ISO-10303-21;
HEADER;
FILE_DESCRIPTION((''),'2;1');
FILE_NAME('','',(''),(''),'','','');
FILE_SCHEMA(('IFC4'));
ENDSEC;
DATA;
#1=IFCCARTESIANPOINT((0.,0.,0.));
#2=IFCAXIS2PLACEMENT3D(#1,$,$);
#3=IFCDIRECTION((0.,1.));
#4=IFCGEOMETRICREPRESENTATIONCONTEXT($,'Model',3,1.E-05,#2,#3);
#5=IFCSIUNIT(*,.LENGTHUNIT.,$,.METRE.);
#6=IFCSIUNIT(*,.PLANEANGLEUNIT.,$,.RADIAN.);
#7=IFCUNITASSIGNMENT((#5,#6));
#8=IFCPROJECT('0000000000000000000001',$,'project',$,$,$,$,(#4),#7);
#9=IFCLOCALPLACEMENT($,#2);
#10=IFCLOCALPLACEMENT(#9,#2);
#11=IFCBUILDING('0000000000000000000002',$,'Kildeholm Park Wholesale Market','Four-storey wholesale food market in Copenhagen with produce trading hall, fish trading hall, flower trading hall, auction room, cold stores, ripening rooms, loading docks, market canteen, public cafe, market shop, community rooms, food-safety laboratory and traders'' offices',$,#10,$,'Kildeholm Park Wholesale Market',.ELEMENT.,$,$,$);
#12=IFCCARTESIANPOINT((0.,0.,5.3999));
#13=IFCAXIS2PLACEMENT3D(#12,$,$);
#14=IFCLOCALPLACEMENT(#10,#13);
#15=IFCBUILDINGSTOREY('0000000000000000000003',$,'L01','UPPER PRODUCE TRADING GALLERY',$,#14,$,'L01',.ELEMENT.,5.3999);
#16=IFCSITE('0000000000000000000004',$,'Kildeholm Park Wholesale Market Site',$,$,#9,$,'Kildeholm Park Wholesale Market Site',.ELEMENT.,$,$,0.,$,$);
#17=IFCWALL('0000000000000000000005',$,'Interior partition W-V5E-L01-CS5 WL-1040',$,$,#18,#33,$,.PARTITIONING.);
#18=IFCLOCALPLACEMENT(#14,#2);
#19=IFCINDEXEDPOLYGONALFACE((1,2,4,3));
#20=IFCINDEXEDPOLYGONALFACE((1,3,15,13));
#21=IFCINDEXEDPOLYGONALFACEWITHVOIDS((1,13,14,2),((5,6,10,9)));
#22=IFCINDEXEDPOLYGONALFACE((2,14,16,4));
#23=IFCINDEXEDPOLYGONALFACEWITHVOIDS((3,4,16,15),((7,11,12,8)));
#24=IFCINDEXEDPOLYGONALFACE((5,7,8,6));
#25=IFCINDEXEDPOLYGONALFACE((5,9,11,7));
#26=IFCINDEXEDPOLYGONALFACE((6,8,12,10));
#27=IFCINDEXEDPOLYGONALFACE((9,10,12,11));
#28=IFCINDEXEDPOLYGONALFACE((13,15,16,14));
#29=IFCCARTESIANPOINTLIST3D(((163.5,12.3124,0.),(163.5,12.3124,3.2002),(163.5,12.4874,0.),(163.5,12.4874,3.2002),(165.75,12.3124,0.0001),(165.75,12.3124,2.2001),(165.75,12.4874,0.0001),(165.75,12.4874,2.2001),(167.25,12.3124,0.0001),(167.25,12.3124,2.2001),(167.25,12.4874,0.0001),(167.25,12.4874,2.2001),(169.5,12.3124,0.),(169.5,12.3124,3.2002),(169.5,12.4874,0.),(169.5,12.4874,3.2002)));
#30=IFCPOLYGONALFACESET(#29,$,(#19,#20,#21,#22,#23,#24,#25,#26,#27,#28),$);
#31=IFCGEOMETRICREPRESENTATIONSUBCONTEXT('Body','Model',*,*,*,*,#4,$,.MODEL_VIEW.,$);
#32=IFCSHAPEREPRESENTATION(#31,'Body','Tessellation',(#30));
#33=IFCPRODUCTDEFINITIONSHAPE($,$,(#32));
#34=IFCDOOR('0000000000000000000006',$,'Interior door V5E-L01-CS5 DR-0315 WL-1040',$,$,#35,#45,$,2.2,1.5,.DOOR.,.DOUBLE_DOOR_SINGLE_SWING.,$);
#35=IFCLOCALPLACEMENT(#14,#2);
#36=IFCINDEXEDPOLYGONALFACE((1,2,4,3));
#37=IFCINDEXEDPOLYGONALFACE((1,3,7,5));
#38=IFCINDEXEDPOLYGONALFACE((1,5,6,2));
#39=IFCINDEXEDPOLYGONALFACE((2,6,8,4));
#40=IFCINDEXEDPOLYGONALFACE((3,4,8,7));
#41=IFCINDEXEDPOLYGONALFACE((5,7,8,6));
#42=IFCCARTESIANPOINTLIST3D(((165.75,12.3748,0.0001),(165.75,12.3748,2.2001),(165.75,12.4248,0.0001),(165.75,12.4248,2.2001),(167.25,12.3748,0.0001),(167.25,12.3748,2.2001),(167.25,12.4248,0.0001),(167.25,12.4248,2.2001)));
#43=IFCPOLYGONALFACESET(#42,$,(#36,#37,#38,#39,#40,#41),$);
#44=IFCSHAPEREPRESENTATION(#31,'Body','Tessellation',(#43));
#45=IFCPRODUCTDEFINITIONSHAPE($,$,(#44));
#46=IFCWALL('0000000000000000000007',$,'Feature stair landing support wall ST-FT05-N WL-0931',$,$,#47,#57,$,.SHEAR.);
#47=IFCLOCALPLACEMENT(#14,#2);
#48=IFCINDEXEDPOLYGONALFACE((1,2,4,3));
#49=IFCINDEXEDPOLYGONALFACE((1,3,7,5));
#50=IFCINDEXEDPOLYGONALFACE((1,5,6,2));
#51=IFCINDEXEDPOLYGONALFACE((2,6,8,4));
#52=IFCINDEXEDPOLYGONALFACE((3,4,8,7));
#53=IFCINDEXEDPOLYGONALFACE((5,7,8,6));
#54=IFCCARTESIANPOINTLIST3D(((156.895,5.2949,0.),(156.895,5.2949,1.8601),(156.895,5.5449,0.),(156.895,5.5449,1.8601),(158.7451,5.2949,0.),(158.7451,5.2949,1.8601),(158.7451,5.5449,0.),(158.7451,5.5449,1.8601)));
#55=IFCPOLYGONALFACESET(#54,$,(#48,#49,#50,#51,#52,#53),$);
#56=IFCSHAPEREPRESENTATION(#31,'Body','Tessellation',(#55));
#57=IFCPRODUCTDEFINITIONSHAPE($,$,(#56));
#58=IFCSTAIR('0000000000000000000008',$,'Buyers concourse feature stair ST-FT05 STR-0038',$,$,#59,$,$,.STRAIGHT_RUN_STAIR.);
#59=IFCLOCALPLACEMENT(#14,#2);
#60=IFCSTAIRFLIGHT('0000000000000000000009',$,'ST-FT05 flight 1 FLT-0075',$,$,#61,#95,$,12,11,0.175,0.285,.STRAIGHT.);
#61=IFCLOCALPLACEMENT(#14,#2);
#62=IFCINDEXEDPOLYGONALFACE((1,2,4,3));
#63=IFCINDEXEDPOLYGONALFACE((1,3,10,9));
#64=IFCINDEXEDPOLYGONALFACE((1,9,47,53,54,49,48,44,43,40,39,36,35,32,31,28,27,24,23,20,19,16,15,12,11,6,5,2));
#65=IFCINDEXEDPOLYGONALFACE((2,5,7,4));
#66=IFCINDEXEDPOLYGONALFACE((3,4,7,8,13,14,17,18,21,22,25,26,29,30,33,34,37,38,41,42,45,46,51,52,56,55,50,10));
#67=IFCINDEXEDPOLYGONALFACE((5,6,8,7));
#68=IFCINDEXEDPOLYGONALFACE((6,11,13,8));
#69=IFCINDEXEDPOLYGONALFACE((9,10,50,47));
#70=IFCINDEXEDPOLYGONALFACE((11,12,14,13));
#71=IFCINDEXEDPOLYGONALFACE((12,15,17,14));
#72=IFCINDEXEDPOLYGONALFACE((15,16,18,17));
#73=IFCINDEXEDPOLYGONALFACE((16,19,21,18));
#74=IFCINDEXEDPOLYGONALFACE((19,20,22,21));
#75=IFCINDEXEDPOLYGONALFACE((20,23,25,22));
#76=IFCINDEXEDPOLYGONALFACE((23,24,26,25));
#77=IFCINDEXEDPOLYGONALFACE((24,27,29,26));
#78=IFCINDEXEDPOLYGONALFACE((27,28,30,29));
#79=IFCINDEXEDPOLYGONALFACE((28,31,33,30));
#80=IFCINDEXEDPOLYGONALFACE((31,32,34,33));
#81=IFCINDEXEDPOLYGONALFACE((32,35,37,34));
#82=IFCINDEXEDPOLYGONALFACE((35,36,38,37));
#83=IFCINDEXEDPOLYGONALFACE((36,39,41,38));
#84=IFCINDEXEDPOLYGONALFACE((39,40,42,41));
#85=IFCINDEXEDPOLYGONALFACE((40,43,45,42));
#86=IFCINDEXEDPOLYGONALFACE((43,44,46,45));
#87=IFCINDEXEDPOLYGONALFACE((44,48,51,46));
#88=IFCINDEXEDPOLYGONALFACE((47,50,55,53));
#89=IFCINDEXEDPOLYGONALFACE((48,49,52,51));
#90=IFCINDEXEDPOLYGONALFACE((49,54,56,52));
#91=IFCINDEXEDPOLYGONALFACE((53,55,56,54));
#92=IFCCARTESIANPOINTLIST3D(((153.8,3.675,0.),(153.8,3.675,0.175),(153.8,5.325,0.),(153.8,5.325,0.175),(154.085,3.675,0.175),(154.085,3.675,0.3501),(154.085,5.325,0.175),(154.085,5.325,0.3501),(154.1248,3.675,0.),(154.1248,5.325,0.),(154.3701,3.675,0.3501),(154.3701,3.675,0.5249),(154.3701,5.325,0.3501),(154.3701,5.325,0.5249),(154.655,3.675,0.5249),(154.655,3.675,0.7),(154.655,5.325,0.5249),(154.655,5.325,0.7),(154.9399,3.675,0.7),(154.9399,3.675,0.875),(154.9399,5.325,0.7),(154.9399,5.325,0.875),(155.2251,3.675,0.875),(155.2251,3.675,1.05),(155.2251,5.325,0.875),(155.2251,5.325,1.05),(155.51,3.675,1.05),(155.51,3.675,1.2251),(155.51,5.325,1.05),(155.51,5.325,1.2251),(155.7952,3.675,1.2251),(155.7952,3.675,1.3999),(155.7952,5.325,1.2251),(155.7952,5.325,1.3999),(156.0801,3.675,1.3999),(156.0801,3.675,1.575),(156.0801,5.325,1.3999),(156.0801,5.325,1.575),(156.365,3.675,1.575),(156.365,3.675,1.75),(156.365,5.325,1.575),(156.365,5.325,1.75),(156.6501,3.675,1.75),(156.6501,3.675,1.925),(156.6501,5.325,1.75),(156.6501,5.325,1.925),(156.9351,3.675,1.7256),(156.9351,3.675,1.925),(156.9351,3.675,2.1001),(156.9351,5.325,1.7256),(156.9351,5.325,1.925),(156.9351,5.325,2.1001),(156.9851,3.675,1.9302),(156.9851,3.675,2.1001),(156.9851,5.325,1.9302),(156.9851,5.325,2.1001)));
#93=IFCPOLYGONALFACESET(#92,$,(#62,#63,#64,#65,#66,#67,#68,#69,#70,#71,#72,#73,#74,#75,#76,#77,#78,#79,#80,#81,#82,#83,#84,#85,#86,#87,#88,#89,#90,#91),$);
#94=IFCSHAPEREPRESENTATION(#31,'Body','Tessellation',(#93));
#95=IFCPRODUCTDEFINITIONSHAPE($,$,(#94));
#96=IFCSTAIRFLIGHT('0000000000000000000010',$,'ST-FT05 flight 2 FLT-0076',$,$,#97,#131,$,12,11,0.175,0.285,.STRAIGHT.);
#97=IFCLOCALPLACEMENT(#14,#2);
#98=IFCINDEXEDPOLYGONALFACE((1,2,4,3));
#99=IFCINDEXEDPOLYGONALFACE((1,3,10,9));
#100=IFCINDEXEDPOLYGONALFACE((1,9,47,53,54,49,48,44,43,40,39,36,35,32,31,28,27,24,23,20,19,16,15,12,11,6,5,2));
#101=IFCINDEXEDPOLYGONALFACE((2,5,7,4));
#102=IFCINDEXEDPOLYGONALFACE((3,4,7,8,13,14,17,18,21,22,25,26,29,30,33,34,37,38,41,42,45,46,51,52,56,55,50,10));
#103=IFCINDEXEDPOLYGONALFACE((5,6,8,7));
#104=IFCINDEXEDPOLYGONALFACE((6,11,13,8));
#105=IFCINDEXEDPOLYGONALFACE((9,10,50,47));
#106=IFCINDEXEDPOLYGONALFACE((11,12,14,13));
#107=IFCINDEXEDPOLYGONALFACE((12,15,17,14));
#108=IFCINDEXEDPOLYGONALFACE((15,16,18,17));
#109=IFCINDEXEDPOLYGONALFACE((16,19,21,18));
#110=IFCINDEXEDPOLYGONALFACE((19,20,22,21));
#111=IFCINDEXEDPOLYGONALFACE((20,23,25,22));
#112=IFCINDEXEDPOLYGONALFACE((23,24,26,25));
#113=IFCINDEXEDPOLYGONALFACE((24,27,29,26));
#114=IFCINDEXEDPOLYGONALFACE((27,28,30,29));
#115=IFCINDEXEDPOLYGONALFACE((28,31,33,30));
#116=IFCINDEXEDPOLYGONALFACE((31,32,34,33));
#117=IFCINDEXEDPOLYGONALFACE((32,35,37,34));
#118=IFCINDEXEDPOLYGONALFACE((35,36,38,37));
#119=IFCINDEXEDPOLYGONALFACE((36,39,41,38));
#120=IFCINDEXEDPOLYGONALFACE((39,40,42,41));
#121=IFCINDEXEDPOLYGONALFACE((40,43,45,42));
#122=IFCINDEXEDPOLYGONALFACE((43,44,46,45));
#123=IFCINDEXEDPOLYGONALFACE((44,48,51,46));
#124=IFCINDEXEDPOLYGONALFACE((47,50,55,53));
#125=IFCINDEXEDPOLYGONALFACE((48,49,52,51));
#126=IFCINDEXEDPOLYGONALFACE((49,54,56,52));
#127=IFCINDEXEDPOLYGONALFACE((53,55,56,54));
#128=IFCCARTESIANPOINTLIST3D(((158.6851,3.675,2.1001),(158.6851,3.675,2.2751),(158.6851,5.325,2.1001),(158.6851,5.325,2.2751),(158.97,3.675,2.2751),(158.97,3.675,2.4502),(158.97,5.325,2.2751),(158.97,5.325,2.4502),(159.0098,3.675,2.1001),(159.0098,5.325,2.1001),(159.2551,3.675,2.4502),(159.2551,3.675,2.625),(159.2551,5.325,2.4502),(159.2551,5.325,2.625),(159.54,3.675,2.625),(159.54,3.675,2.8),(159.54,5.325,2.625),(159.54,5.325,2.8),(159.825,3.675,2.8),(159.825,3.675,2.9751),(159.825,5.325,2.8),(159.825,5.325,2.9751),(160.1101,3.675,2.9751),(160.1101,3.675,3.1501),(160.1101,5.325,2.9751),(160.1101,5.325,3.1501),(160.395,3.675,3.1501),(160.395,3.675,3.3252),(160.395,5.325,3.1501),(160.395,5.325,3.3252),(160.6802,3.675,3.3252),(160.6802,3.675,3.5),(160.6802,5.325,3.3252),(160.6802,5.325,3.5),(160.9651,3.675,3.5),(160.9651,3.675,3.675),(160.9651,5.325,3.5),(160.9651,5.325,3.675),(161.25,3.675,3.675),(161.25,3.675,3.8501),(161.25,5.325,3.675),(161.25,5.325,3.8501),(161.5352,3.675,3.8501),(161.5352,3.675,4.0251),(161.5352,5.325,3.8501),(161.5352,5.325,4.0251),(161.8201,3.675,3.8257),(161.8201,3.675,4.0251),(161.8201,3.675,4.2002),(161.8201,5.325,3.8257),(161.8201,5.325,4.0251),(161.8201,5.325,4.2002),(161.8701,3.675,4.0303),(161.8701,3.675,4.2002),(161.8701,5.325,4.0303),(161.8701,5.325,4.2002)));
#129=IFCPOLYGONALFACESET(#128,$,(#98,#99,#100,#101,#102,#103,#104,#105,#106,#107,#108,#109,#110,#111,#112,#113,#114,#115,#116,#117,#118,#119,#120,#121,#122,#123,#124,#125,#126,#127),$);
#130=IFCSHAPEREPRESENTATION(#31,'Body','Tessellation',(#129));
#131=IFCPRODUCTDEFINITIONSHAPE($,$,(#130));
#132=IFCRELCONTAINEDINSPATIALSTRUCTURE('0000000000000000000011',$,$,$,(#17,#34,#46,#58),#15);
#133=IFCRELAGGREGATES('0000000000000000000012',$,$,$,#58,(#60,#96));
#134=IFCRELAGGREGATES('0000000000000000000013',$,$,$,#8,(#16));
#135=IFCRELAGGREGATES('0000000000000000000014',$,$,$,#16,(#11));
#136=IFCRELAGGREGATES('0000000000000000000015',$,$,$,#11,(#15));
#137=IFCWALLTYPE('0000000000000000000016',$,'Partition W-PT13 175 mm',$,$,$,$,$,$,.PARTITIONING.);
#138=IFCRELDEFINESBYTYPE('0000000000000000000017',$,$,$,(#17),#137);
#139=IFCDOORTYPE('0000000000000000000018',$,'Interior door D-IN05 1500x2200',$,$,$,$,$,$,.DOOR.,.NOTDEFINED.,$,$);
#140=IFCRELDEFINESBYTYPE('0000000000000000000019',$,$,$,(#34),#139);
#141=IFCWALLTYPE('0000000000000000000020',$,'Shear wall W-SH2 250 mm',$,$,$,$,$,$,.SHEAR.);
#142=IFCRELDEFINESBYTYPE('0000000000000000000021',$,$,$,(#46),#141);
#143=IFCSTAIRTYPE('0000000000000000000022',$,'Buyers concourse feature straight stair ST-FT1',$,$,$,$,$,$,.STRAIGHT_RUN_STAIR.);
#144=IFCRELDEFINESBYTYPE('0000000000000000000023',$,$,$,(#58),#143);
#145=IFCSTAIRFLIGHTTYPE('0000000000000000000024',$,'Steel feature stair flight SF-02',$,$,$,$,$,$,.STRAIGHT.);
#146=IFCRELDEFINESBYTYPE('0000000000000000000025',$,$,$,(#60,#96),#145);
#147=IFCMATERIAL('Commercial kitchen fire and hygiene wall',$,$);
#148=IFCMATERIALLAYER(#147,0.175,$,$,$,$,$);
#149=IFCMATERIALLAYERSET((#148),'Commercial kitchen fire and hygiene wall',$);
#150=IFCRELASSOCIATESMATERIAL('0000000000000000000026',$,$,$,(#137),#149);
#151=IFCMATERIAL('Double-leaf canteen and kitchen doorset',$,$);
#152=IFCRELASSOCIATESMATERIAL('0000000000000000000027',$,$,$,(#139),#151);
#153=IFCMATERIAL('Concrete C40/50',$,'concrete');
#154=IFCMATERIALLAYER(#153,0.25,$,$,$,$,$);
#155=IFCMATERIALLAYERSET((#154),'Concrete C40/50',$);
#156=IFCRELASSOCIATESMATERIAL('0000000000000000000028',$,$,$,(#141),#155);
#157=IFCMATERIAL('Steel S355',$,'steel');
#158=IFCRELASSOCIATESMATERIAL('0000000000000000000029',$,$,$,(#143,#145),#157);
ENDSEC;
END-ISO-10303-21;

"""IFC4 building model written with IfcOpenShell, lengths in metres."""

from ifc_helpers import new_model, si_unit, direction, frame, frame_2d, origin, place, context, subcontext, project, spatial, polyline, rectangle, outline, extrude, material, layer, layer_set, type_object, element, fill, aggregate, save


model = new_model("IFC4")

# Units and contexts
model_context = context("Model", 3, precision=1e-05, world=origin(), true_north=direction((0.0, 1.0)))
body_context = subcontext(model_context, "Body", "Model", "MODEL_VIEW")
ifc_project = project(units=[si_unit("LENGTHUNIT", "METRE"), si_unit("PLANEANGLEUNIT", "RADIAN")], contexts=[model_context])

# Site, building, storey
site_placement = place(None, origin())
site = spatial("IfcSite", under=ifc_project, at=site_placement, Name="Kildeholm Park Wholesale Market Site", LongName="Kildeholm Park Wholesale Market Site", CompositionType="ELEMENT", RefElevation=0.0)
building_placement = place(site_placement, origin())
building = spatial("IfcBuilding", under=site, at=building_placement, Name="Kildeholm Park Wholesale Market", Description="Four-storey wholesale food market in Copenhagen with produce trading hall, fish trading hall, flower trading hall, auction room, cold stores, ripening rooms, loading docks, market canteen, public cafe, market shop, community rooms, food-safety laboratory and traders' offices", LongName="Kildeholm Park Wholesale Market", CompositionType="ELEMENT")
storey_placement = place(building_placement, frame((0.0, 0.0, 5.3999)))
storey = spatial("IfcBuildingStorey", under=building, at=storey_placement, Name="L01", Description="UPPER PRODUCE TRADING GALLERY", LongName="L01", CompositionType="ELEMENT", Elevation=5.3999)

# Shared definitions
ifc_material_1 = material(Name="Steel S355", Category="steel")

# Wall, opening, door
ifc_material_2 = material(Name="Commercial kitchen fire and hygiene wall")
ifc_layer_1 = layer(ifc_material_2, 0.175)
ifc_layer_set_1 = layer_set([ifc_layer_1], Name="Commercial kitchen fire and hygiene wall")
wall_type_1 = type_object("IfcWallType", Name="Partition W-PT13 175 mm", PredefinedType="PARTITIONING", material=ifc_layer_set_1)
wall_1_placement = place(storey_placement, frame((163.5, 12.3999, 0.0), z_axis=(0.0, 0.0, 1.0), x_axis=(1.0, 0.0, 0.0)))
wall_1 = element("IfcWall", 1, at=wall_1_placement, inside=storey, type_object=wall_type_1, Name="Interior partition W-V5E-L01-CS5 WL-1040", PredefinedType="PARTITIONING", context=body_context, shape_type="SweptSolid", body=[
    extrude(rectangle(XDim=6.0, YDim=0.175, at=frame_2d((3.0, 0.0))), origin(), (0.0, 0.0, 1.0), 3.2002),
])
opening_1_placement = place(wall_1_placement, frame((2.25, 0.0, 0.0)))
opening_1 = element("IfcOpeningElement", 2, at=opening_1_placement, cuts=wall_1, PredefinedType="OPENING", context=body_context, shape_type="SweptSolid", body=[
    extrude(rectangle(XDim=1.5, YDim=2.2, at=frame_2d((0.75, 1.1001))), frame((0.0, 0.0974, 0.0), z_axis=(0.0, -1.0, 0.0), x_axis=(1.0, 0.0, 0.0)), (0.0, 0.0, 1.0), 0.1951),
])
ifc_material_3 = material(Name="Double-leaf canteen and kitchen doorset")
door_type_1 = type_object("IfcDoorType", Name="Interior door D-IN05 1500x2200", OperationType="NOTDEFINED", PredefinedType="DOOR", material=ifc_material_3)
door_1_placement = place(opening_1_placement, origin())
door_1 = element("IfcDoor", 3, at=door_1_placement, inside=storey, type_object=door_type_1, Name="Interior door V5E-L01-CS5 DR-0315 WL-1040", OperationType="DOUBLE_DOOR_SINGLE_SWING", OverallHeight=2.2, OverallWidth=1.5, PredefinedType="DOOR", context=body_context, shape_type="SweptSolid", body=[
    extrude(rectangle(XDim=1.5, YDim=2.2, at=frame_2d((0.75, 1.1001))), frame((0.0, 0.0249, 0.0), z_axis=(0.0, -1.0, 0.0), x_axis=(1.0, 0.0, 0.0)), (0.0, 0.0, 1.0), 0.05),
])
fill(opening_1, door_1)

# Wall
ifc_material_4 = material(Name="Concrete C40/50", Category="concrete")
ifc_layer_2 = layer(ifc_material_4, 0.25)
ifc_layer_set_2 = layer_set([ifc_layer_2], Name="Concrete C40/50")
wall_type_2 = type_object("IfcWallType", Name="Shear wall W-SH2 250 mm", PredefinedType="SHEAR", material=ifc_layer_set_2)
wall_2_placement = place(storey_placement, frame((156.895, 5.4199, 0.0), z_axis=(0.0, 0.0, 1.0), x_axis=(1.0, 0.0, 0.0)))
element("IfcWall", 4, at=wall_2_placement, inside=storey, type_object=wall_type_2, Name="Feature stair landing support wall ST-FT05-N WL-0931", PredefinedType="SHEAR", context=body_context, shape_type="SweptSolid", body=[
    extrude(rectangle(XDim=1.8501, YDim=0.25, at=frame_2d((0.925, 0.0))), origin(), (0.0, 0.0, 1.0), 1.8601),
])

# Stair, stair flights
stair_type = type_object("IfcStairType", Name="Buyers concourse feature straight stair ST-FT1", PredefinedType="STRAIGHT_RUN_STAIR", material=ifc_material_1)
stair_placement = place(storey_placement, origin())
stair = element("IfcStair", 5, at=stair_placement, inside=storey, type_object=stair_type, Name="Buyers concourse feature stair ST-FT05 STR-0038", PredefinedType="STRAIGHT_RUN_STAIR")
stair_flight_type = type_object("IfcStairFlightType", Name="Steel feature stair flight SF-02", PredefinedType="STRAIGHT", material=ifc_material_1)
stair_flight_1_placement = place(storey_placement, frame((153.8, 4.5, 0.0), z_axis=(0.0, 0.0, 1.0), x_axis=(1.0, 0.0, 0.0)))
stair_flight_1 = element("IfcStairFlight", 6, at=stair_flight_1_placement, type_object=stair_flight_type, Name="ST-FT05 flight 1 FLT-0075", NumberOfRisers=12, NumberOfTreads=11, PredefinedType="STRAIGHT", RiserHeight=0.175, TreadLength=0.285, context=body_context, shape_type="SweptSolid", body=[
    extrude(outline(polyline([(0.0, 0.0), (0.0, 0.175), (0.2849, 0.175), (0.2849, 0.3501), (0.5701, 0.3501), (0.5701, 0.5249), (0.855, 0.5249), (0.855, 0.7), (1.1399, 0.7), (1.1399, 0.875), (1.425, 0.875), (1.425, 1.05), (1.71, 1.05), (1.71, 1.2251), (1.9951, 1.2251), (1.9951, 1.3999), (2.28, 1.3999), (2.28, 1.575), (2.5649, 1.575), (2.5649, 1.75), (2.8501, 1.75), (2.8501, 1.925), (3.135, 1.925), (3.135, 2.1001), (3.1851, 2.1001), (3.1851, 1.9302), (3.135, 1.7256), (0.3247, 0.0), (0.0, 0.0)])), frame((0.0, 0.825, 0.0), z_axis=(0.0, -1.0, 0.0), x_axis=(1.0, 0.0, 0.0)), (0.0, 0.0, 1.0), 1.6499),
])
stair_flight_2_placement = place(storey_placement, frame((158.6851, 4.5, 2.1001), z_axis=(0.0, 0.0, 1.0), x_axis=(1.0, 0.0, 0.0)))
stair_flight_2 = element("IfcStairFlight", 7, at=stair_flight_2_placement, type_object=stair_flight_type, Name="ST-FT05 flight 2 FLT-0076", NumberOfRisers=12, NumberOfTreads=11, PredefinedType="STRAIGHT", RiserHeight=0.175, TreadLength=0.285, context=body_context, shape_type="SweptSolid", body=[
    extrude(outline(polyline([(0.0, 0.0), (0.0, 0.175), (0.2849, 0.175), (0.2849, 0.3501), (0.5701, 0.3501), (0.5701, 0.5249), (0.855, 0.5249), (0.855, 0.7), (1.1399, 0.7), (1.1399, 0.875), (1.425, 0.875), (1.425, 1.05), (1.71, 1.05), (1.71, 1.2251), (1.9951, 1.2251), (1.9951, 1.3999), (2.28, 1.3999), (2.28, 1.575), (2.5649, 1.575), (2.5649, 1.75), (2.8501, 1.75), (2.8501, 1.925), (3.135, 1.925), (3.135, 2.1001), (3.1851, 2.1001), (3.1851, 1.9302), (3.135, 1.7256), (0.3247, 0.0), (0.0, 0.0)])), frame((0.0, 0.825, 0.0), z_axis=(0.0, -1.0, 0.0), x_axis=(1.0, 0.0, 0.0)), (0.0, 0.0, 1.0), 1.6499),
])
aggregate(stair, [stair_flight_1, stair_flight_2])

save(model, "model.ifc")
